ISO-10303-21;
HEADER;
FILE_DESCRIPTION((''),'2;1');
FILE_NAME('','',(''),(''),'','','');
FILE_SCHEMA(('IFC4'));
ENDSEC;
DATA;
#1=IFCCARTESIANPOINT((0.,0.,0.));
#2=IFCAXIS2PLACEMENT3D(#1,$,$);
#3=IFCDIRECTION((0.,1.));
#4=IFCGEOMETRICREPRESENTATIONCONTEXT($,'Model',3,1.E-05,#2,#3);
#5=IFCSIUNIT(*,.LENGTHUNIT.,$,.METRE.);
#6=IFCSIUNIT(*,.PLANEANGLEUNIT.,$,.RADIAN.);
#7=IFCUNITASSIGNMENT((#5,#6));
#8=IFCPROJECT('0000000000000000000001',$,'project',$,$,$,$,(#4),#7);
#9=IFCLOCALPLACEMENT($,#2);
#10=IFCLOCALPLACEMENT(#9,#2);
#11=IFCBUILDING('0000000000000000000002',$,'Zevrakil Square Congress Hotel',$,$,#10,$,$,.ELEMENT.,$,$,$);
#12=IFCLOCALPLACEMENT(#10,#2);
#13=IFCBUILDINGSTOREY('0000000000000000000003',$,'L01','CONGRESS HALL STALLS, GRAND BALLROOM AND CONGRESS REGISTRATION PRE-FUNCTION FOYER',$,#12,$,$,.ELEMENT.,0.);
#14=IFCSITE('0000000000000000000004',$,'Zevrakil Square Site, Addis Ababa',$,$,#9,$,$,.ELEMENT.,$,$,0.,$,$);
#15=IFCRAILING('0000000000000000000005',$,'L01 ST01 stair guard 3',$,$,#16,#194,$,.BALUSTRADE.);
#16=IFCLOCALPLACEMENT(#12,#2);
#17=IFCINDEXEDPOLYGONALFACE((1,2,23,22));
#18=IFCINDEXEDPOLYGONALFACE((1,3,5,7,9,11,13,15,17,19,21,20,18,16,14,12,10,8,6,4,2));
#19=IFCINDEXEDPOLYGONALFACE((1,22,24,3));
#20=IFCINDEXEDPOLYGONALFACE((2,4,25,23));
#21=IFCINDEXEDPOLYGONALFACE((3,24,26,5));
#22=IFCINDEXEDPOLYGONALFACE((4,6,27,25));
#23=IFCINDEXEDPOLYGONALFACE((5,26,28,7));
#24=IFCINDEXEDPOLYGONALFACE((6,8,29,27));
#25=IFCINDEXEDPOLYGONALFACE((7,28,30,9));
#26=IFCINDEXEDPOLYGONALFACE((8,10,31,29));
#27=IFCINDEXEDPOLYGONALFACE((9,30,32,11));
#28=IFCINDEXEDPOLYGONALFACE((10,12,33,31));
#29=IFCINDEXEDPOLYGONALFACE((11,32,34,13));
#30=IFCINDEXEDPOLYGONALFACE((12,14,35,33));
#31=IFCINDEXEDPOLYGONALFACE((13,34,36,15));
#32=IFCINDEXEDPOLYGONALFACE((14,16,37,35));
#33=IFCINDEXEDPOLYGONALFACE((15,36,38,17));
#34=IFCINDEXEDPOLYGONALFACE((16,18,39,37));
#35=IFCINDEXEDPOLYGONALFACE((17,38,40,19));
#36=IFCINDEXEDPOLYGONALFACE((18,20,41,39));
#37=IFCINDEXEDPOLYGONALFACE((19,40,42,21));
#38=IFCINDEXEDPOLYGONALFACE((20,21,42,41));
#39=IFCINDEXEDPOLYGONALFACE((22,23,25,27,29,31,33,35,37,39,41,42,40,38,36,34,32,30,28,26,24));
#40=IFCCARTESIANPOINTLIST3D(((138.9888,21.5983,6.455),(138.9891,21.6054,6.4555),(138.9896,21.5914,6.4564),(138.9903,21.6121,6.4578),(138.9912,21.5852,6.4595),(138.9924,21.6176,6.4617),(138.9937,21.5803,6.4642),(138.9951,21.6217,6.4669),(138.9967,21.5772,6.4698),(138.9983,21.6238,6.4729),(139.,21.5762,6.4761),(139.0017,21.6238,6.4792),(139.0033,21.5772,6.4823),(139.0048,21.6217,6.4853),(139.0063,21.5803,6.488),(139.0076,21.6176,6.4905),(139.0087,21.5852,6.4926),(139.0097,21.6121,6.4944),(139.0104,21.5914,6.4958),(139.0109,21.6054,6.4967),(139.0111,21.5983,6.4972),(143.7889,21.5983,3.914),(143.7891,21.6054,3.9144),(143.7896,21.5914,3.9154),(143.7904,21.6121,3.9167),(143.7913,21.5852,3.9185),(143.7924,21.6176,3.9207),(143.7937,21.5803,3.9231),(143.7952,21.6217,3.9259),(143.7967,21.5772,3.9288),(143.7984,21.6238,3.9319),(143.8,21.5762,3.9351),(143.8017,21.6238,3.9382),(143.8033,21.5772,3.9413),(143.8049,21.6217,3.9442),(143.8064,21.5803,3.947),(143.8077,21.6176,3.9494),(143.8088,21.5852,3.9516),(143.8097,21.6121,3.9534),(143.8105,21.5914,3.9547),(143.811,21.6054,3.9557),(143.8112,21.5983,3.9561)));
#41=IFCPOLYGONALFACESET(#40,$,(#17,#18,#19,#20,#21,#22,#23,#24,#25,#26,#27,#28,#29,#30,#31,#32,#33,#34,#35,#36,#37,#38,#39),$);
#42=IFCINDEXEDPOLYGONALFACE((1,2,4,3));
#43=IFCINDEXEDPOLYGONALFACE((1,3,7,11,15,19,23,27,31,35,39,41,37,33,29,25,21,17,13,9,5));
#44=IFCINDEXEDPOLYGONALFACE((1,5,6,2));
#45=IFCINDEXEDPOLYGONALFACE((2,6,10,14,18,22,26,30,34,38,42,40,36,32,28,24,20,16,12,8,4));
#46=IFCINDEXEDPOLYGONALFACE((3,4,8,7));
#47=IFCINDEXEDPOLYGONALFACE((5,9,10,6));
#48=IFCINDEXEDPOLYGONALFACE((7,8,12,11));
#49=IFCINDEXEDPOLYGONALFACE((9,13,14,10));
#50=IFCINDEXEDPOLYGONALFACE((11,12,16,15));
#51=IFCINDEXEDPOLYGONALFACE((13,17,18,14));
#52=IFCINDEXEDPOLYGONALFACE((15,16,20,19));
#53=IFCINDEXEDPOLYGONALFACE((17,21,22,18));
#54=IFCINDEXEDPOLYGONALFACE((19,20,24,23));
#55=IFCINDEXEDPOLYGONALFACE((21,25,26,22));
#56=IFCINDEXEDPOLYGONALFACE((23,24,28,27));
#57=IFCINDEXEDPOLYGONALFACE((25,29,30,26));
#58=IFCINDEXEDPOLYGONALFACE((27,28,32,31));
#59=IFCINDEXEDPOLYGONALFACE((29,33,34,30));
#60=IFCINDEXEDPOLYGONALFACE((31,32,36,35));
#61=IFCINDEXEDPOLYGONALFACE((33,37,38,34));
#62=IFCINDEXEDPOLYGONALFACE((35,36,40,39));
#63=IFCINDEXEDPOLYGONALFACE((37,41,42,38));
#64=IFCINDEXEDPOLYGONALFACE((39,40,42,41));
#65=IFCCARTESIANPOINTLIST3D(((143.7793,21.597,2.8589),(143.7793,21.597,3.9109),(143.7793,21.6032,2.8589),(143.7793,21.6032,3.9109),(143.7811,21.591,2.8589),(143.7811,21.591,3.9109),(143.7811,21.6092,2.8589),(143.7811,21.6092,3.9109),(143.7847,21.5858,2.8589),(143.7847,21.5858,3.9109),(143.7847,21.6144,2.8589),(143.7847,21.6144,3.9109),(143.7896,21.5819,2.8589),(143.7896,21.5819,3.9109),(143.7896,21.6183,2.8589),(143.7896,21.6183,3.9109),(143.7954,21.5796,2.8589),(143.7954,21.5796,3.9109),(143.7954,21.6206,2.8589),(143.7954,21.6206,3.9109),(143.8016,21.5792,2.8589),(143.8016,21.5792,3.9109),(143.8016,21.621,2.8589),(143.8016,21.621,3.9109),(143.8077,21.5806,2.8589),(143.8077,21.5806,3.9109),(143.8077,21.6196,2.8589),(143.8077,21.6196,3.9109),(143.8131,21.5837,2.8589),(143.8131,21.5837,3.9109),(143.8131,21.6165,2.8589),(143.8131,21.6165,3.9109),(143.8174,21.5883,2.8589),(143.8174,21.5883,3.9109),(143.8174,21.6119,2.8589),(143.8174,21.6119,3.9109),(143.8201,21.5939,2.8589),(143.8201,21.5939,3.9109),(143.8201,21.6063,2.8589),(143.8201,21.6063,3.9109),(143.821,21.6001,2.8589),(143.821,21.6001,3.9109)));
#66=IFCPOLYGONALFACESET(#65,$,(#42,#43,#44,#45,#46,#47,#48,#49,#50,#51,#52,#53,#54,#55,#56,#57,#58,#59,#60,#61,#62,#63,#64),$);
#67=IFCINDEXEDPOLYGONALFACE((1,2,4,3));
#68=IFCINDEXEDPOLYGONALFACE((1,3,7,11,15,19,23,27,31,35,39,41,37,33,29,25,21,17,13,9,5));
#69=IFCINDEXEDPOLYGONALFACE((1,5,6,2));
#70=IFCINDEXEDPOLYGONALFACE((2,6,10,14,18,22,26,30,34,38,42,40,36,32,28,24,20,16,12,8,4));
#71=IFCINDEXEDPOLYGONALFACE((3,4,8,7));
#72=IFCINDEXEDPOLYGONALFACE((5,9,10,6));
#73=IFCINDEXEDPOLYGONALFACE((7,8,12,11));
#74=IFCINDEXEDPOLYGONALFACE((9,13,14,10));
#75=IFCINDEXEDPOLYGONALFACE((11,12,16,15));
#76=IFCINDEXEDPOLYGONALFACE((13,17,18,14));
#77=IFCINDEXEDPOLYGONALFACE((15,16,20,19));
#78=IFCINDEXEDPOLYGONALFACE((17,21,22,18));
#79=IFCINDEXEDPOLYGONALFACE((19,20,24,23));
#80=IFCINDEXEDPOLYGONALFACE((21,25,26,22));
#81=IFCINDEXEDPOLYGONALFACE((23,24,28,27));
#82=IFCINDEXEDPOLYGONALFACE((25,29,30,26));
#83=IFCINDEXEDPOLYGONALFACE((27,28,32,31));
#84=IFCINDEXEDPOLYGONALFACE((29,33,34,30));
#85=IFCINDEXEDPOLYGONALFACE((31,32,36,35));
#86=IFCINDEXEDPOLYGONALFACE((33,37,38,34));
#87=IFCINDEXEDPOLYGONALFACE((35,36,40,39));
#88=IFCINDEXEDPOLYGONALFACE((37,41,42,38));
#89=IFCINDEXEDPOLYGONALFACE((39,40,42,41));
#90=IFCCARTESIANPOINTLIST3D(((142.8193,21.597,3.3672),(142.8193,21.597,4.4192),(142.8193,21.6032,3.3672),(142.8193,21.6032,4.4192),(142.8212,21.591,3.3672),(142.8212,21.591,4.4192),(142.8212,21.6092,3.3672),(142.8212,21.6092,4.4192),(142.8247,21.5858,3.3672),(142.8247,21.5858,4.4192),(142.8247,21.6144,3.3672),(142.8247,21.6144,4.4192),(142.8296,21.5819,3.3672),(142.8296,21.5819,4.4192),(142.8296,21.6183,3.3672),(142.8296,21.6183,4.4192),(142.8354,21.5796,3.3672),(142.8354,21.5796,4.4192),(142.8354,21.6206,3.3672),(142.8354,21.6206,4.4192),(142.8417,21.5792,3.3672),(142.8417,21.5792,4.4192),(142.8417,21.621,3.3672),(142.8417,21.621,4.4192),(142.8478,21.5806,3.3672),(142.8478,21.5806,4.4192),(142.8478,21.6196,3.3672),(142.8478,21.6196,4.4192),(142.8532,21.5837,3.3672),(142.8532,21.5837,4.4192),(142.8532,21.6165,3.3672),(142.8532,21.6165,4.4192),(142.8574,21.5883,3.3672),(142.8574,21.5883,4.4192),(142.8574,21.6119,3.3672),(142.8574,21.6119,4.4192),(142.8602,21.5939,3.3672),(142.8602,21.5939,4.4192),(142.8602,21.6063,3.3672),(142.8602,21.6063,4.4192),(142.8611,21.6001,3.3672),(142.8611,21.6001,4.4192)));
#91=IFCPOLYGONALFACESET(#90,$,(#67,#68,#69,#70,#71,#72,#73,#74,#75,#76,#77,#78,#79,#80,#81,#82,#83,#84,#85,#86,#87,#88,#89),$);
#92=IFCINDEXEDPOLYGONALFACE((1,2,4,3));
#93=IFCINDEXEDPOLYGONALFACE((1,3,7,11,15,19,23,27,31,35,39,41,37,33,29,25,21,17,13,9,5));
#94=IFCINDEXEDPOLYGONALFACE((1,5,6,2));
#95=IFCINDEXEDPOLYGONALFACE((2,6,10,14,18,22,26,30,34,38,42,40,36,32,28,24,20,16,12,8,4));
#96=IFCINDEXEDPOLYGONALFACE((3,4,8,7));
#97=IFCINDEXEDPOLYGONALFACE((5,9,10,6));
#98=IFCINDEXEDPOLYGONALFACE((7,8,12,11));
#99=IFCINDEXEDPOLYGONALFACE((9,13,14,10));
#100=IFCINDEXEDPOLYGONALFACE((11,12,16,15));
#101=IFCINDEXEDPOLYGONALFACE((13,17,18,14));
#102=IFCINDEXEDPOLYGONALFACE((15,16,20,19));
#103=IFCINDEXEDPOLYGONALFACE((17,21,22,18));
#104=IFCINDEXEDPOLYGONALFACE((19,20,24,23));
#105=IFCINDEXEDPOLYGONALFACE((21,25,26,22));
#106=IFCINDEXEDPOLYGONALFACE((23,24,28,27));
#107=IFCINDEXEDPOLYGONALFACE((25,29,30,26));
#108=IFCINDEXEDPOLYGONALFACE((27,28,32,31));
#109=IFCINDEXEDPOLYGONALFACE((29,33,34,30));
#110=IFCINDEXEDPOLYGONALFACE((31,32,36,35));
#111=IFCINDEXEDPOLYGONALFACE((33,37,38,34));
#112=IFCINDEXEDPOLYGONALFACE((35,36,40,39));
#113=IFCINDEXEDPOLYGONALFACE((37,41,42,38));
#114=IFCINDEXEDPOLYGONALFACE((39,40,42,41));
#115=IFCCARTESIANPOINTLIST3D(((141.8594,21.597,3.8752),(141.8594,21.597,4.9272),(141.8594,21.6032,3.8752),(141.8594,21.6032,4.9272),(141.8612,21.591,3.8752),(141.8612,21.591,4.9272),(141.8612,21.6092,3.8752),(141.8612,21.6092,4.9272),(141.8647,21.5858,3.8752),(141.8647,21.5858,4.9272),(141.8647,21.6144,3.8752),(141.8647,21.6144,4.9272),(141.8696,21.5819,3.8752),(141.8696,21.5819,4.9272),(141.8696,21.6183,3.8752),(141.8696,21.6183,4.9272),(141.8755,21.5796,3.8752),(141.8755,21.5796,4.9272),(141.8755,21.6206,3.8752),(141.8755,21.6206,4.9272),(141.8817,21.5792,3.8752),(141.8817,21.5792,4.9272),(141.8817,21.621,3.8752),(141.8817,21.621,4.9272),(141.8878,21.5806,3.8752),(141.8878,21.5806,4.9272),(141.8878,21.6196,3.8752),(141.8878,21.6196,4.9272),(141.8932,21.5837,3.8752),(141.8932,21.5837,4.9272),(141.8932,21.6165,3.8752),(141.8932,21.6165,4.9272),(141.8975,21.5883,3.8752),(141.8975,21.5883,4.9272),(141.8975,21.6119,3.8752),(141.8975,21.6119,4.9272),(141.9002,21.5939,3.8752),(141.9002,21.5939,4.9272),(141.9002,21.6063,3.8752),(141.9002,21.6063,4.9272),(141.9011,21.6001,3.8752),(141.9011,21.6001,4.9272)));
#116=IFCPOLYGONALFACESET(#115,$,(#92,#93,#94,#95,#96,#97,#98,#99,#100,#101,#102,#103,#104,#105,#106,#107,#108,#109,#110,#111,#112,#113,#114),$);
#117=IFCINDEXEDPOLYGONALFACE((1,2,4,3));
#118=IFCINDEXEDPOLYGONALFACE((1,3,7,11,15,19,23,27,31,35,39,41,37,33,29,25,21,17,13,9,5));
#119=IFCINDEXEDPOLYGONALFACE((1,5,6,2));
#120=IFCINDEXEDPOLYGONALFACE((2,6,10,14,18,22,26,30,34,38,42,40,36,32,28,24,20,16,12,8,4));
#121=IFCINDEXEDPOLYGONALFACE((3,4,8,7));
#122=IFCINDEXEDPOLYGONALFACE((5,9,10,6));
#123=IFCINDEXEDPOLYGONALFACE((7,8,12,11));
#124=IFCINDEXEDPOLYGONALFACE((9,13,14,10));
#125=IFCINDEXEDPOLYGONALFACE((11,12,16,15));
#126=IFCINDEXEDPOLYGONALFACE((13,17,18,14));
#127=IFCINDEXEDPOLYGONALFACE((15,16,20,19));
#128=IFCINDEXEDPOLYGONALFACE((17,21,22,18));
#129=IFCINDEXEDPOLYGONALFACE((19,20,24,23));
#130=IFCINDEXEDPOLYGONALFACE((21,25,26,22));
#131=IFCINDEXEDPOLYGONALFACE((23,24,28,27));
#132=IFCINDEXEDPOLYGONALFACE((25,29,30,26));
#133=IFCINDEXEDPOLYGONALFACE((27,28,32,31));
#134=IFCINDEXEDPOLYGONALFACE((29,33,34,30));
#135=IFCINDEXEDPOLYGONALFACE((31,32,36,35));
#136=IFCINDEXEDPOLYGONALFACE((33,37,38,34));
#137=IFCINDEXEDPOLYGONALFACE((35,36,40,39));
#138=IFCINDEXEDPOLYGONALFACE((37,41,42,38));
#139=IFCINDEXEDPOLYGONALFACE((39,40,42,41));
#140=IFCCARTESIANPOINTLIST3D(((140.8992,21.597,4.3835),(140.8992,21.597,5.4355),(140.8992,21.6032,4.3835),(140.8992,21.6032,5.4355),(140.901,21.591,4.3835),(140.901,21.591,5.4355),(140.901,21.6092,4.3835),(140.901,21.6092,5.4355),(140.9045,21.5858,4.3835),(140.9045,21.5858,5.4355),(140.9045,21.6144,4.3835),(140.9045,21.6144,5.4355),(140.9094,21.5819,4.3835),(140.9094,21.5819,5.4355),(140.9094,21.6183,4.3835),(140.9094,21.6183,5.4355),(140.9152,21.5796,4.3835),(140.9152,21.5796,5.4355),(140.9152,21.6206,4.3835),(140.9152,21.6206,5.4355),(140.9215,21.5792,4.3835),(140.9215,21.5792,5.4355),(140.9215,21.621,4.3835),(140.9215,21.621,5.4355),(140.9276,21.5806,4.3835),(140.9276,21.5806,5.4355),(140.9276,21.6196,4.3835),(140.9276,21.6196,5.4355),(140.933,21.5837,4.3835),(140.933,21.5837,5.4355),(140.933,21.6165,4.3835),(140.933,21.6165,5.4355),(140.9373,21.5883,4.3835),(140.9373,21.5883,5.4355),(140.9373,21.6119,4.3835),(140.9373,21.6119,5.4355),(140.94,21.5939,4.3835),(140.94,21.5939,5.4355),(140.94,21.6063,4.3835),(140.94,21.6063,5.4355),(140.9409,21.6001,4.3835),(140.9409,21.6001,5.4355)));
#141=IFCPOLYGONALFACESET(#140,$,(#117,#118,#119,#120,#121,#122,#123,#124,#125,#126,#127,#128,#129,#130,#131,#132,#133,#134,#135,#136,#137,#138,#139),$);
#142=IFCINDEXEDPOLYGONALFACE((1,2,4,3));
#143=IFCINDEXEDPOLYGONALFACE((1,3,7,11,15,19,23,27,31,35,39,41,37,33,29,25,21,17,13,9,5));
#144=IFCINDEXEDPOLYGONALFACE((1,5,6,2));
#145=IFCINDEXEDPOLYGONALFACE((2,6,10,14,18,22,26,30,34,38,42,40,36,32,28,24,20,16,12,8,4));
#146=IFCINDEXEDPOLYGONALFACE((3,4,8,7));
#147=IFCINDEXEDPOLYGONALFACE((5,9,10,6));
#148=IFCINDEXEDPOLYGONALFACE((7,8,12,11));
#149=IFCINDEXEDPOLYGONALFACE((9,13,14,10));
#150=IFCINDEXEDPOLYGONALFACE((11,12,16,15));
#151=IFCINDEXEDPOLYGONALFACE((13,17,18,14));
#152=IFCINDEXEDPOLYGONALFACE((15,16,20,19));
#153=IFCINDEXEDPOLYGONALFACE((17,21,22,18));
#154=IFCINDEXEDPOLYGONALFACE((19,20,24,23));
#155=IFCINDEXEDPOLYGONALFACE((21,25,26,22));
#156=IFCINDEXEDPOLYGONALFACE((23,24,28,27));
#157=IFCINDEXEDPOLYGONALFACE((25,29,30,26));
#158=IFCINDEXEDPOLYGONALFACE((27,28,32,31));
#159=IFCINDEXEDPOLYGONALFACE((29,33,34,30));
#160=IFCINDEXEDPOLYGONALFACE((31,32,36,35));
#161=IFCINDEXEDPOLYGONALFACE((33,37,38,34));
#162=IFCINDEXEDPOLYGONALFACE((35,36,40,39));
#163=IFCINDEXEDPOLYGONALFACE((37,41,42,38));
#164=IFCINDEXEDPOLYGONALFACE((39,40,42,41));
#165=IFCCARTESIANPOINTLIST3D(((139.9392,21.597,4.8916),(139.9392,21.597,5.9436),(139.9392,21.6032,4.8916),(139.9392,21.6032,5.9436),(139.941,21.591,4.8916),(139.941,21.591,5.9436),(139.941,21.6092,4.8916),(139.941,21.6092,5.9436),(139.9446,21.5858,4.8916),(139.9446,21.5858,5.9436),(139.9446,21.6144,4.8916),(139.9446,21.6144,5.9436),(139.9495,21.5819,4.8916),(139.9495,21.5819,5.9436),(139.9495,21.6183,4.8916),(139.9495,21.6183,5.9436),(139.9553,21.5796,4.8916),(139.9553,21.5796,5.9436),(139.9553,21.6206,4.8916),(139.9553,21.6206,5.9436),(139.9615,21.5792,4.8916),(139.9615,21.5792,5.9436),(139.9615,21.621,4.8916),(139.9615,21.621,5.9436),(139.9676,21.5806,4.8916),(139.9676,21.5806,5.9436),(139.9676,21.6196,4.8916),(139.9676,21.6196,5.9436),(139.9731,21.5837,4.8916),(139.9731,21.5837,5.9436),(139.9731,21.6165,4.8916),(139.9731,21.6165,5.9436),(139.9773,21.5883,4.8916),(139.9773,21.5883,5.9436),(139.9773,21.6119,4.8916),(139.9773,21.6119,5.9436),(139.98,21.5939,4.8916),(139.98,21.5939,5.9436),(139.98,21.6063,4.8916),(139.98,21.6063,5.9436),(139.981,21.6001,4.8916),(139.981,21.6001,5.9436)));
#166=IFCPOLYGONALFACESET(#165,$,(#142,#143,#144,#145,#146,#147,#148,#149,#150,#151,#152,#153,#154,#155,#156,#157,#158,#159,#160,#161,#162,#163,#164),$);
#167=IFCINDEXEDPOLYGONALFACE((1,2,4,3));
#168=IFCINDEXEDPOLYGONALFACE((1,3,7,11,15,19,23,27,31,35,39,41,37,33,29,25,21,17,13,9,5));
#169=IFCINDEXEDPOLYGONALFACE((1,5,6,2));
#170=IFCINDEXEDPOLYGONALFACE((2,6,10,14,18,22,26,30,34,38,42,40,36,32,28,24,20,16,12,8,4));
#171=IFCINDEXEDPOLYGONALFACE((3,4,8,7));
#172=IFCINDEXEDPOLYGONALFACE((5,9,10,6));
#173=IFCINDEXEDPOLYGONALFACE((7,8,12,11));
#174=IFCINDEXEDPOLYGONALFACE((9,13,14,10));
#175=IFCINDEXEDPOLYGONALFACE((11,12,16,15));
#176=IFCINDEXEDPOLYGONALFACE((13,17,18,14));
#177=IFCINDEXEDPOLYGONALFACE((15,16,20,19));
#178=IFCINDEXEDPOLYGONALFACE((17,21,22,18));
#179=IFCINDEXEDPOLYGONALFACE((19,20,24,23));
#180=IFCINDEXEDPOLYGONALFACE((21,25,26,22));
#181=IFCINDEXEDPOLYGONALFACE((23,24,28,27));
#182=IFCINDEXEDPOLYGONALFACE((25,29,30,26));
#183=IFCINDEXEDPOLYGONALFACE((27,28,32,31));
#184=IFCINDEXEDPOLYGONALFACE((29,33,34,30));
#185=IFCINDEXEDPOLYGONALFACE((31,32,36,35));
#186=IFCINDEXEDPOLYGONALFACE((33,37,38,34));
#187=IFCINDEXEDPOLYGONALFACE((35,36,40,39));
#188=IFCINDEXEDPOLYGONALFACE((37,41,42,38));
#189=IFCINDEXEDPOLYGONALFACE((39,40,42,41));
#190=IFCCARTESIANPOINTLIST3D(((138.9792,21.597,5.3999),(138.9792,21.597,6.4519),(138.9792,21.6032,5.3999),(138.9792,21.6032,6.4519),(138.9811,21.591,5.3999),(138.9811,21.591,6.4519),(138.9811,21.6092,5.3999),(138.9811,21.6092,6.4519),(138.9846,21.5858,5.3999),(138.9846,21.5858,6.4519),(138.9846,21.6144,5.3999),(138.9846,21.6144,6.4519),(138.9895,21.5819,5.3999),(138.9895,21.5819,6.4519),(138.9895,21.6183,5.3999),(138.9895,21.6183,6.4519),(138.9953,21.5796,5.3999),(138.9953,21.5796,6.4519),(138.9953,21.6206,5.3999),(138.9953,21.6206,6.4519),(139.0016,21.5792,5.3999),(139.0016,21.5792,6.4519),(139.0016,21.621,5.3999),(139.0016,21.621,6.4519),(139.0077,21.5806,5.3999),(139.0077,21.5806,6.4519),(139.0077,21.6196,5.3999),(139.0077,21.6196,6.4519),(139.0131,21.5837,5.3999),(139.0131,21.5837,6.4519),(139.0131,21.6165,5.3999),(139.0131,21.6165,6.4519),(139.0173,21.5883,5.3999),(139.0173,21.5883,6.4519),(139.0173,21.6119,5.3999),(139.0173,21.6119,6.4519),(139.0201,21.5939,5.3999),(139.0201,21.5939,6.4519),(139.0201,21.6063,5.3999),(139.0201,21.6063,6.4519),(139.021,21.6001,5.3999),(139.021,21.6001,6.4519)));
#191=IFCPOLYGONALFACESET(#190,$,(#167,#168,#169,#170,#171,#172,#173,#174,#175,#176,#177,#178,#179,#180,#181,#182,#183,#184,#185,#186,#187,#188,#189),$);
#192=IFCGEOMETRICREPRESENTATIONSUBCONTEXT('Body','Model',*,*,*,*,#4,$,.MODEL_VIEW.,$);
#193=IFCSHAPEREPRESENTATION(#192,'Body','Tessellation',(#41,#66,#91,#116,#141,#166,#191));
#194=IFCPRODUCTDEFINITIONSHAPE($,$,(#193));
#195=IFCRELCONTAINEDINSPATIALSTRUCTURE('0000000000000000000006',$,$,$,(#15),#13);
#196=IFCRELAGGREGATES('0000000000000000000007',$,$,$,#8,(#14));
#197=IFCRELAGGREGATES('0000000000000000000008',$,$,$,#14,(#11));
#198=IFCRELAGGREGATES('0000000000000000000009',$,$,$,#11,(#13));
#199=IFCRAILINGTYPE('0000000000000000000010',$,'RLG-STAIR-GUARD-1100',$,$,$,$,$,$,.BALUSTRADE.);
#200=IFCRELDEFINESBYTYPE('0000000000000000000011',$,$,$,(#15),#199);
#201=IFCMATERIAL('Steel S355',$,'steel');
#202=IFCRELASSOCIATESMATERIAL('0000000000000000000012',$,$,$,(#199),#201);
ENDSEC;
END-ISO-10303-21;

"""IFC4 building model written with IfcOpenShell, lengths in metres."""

from ifc_helpers import new_model, si_unit, direction, frame, origin, origin_2d, place, context, subcontext, project, spatial, circle, extrude, material, type_object, element, save


model = new_model("IFC4")

# Units and contexts
model_context = context("Model", 3, precision=1e-05, world=origin(), true_north=direction((0.0, 1.0)))
body_context = subcontext(model_context, "Body", "Model", "MODEL_VIEW")
ifc_project = project(units=[si_unit("LENGTHUNIT", "METRE"), si_unit("PLANEANGLEUNIT", "RADIAN")], contexts=[model_context])

# Site, building, storey
site_placement = place(None, origin())
site = spatial("IfcSite", under=ifc_project, at=site_placement, Name="Zevrakil Square Site, Addis Ababa", CompositionType="ELEMENT", RefElevation=0.0)
building_placement = place(site_placement, origin())
building = spatial("IfcBuilding", under=site, at=building_placement, Name="Zevrakil Square Congress Hotel", CompositionType="ELEMENT")
storey_placement = place(building_placement, origin())
storey = spatial("IfcBuildingStorey", under=building, at=storey_placement, Name="L01", Description="CONGRESS HALL STALLS, GRAND BALLROOM AND CONGRESS REGISTRATION PRE-FUNCTION FOYER", CompositionType="ELEMENT", Elevation=0.0)

# Railing
ifc_material_1 = material(Name="Steel S355", Category="steel")
railing_type_1 = type_object("IfcRailingType", Name="RLG-STAIR-GUARD-1100", PredefinedType="BALUSTRADE", material=ifc_material_1)
railing_1_placement = place(storey_placement, frame((143.8, 21.6001, 2.8589)))
element("IfcRailing", 1, at=railing_1_placement, inside=storey, type_object=railing_type_1, Name="L01 ST01 stair guard 3", PredefinedType="BALUSTRADE", context=body_context, shape_type="SweptSolid", body=[
    extrude(circle(Radius=0.0239, at=origin_2d()), frame((0.0, 0.0, 1.0762), z_axis=(-0.883802, 0.0, 0.467861), x_axis=(0.0, -1.0, 0.0)), (0.0, 0.0, 1.0), 5.4312),
    extrude(circle(Radius=0.021, at=origin_2d()), origin(), (0.0, 0.0, 1.0), 1.052),
    extrude(circle(Radius=0.021, at=origin_2d()), frame((-0.96, 0.0, 0.5083)), (0.0, 0.0, 1.0), 1.052),
    extrude(circle(Radius=0.021, at=origin_2d()), frame((-1.9199, 0.0, 1.0164)), (0.0, 0.0, 1.0), 1.052),
    extrude(circle(Radius=0.021, at=origin_2d()), frame((-2.8801, 0.0, 1.5247)), (0.0, 0.0, 1.0), 1.052),
    extrude(circle(Radius=0.021, at=origin_2d()), frame((-3.8401, 0.0, 2.0327)), (0.0, 0.0, 1.0), 1.052),
    extrude(circle(Radius=0.021, at=origin_2d()), frame((-4.8, 0.0, 2.541)), (0.0, 0.0, 1.0), 1.052),
])

save(model, "model.ifc")
